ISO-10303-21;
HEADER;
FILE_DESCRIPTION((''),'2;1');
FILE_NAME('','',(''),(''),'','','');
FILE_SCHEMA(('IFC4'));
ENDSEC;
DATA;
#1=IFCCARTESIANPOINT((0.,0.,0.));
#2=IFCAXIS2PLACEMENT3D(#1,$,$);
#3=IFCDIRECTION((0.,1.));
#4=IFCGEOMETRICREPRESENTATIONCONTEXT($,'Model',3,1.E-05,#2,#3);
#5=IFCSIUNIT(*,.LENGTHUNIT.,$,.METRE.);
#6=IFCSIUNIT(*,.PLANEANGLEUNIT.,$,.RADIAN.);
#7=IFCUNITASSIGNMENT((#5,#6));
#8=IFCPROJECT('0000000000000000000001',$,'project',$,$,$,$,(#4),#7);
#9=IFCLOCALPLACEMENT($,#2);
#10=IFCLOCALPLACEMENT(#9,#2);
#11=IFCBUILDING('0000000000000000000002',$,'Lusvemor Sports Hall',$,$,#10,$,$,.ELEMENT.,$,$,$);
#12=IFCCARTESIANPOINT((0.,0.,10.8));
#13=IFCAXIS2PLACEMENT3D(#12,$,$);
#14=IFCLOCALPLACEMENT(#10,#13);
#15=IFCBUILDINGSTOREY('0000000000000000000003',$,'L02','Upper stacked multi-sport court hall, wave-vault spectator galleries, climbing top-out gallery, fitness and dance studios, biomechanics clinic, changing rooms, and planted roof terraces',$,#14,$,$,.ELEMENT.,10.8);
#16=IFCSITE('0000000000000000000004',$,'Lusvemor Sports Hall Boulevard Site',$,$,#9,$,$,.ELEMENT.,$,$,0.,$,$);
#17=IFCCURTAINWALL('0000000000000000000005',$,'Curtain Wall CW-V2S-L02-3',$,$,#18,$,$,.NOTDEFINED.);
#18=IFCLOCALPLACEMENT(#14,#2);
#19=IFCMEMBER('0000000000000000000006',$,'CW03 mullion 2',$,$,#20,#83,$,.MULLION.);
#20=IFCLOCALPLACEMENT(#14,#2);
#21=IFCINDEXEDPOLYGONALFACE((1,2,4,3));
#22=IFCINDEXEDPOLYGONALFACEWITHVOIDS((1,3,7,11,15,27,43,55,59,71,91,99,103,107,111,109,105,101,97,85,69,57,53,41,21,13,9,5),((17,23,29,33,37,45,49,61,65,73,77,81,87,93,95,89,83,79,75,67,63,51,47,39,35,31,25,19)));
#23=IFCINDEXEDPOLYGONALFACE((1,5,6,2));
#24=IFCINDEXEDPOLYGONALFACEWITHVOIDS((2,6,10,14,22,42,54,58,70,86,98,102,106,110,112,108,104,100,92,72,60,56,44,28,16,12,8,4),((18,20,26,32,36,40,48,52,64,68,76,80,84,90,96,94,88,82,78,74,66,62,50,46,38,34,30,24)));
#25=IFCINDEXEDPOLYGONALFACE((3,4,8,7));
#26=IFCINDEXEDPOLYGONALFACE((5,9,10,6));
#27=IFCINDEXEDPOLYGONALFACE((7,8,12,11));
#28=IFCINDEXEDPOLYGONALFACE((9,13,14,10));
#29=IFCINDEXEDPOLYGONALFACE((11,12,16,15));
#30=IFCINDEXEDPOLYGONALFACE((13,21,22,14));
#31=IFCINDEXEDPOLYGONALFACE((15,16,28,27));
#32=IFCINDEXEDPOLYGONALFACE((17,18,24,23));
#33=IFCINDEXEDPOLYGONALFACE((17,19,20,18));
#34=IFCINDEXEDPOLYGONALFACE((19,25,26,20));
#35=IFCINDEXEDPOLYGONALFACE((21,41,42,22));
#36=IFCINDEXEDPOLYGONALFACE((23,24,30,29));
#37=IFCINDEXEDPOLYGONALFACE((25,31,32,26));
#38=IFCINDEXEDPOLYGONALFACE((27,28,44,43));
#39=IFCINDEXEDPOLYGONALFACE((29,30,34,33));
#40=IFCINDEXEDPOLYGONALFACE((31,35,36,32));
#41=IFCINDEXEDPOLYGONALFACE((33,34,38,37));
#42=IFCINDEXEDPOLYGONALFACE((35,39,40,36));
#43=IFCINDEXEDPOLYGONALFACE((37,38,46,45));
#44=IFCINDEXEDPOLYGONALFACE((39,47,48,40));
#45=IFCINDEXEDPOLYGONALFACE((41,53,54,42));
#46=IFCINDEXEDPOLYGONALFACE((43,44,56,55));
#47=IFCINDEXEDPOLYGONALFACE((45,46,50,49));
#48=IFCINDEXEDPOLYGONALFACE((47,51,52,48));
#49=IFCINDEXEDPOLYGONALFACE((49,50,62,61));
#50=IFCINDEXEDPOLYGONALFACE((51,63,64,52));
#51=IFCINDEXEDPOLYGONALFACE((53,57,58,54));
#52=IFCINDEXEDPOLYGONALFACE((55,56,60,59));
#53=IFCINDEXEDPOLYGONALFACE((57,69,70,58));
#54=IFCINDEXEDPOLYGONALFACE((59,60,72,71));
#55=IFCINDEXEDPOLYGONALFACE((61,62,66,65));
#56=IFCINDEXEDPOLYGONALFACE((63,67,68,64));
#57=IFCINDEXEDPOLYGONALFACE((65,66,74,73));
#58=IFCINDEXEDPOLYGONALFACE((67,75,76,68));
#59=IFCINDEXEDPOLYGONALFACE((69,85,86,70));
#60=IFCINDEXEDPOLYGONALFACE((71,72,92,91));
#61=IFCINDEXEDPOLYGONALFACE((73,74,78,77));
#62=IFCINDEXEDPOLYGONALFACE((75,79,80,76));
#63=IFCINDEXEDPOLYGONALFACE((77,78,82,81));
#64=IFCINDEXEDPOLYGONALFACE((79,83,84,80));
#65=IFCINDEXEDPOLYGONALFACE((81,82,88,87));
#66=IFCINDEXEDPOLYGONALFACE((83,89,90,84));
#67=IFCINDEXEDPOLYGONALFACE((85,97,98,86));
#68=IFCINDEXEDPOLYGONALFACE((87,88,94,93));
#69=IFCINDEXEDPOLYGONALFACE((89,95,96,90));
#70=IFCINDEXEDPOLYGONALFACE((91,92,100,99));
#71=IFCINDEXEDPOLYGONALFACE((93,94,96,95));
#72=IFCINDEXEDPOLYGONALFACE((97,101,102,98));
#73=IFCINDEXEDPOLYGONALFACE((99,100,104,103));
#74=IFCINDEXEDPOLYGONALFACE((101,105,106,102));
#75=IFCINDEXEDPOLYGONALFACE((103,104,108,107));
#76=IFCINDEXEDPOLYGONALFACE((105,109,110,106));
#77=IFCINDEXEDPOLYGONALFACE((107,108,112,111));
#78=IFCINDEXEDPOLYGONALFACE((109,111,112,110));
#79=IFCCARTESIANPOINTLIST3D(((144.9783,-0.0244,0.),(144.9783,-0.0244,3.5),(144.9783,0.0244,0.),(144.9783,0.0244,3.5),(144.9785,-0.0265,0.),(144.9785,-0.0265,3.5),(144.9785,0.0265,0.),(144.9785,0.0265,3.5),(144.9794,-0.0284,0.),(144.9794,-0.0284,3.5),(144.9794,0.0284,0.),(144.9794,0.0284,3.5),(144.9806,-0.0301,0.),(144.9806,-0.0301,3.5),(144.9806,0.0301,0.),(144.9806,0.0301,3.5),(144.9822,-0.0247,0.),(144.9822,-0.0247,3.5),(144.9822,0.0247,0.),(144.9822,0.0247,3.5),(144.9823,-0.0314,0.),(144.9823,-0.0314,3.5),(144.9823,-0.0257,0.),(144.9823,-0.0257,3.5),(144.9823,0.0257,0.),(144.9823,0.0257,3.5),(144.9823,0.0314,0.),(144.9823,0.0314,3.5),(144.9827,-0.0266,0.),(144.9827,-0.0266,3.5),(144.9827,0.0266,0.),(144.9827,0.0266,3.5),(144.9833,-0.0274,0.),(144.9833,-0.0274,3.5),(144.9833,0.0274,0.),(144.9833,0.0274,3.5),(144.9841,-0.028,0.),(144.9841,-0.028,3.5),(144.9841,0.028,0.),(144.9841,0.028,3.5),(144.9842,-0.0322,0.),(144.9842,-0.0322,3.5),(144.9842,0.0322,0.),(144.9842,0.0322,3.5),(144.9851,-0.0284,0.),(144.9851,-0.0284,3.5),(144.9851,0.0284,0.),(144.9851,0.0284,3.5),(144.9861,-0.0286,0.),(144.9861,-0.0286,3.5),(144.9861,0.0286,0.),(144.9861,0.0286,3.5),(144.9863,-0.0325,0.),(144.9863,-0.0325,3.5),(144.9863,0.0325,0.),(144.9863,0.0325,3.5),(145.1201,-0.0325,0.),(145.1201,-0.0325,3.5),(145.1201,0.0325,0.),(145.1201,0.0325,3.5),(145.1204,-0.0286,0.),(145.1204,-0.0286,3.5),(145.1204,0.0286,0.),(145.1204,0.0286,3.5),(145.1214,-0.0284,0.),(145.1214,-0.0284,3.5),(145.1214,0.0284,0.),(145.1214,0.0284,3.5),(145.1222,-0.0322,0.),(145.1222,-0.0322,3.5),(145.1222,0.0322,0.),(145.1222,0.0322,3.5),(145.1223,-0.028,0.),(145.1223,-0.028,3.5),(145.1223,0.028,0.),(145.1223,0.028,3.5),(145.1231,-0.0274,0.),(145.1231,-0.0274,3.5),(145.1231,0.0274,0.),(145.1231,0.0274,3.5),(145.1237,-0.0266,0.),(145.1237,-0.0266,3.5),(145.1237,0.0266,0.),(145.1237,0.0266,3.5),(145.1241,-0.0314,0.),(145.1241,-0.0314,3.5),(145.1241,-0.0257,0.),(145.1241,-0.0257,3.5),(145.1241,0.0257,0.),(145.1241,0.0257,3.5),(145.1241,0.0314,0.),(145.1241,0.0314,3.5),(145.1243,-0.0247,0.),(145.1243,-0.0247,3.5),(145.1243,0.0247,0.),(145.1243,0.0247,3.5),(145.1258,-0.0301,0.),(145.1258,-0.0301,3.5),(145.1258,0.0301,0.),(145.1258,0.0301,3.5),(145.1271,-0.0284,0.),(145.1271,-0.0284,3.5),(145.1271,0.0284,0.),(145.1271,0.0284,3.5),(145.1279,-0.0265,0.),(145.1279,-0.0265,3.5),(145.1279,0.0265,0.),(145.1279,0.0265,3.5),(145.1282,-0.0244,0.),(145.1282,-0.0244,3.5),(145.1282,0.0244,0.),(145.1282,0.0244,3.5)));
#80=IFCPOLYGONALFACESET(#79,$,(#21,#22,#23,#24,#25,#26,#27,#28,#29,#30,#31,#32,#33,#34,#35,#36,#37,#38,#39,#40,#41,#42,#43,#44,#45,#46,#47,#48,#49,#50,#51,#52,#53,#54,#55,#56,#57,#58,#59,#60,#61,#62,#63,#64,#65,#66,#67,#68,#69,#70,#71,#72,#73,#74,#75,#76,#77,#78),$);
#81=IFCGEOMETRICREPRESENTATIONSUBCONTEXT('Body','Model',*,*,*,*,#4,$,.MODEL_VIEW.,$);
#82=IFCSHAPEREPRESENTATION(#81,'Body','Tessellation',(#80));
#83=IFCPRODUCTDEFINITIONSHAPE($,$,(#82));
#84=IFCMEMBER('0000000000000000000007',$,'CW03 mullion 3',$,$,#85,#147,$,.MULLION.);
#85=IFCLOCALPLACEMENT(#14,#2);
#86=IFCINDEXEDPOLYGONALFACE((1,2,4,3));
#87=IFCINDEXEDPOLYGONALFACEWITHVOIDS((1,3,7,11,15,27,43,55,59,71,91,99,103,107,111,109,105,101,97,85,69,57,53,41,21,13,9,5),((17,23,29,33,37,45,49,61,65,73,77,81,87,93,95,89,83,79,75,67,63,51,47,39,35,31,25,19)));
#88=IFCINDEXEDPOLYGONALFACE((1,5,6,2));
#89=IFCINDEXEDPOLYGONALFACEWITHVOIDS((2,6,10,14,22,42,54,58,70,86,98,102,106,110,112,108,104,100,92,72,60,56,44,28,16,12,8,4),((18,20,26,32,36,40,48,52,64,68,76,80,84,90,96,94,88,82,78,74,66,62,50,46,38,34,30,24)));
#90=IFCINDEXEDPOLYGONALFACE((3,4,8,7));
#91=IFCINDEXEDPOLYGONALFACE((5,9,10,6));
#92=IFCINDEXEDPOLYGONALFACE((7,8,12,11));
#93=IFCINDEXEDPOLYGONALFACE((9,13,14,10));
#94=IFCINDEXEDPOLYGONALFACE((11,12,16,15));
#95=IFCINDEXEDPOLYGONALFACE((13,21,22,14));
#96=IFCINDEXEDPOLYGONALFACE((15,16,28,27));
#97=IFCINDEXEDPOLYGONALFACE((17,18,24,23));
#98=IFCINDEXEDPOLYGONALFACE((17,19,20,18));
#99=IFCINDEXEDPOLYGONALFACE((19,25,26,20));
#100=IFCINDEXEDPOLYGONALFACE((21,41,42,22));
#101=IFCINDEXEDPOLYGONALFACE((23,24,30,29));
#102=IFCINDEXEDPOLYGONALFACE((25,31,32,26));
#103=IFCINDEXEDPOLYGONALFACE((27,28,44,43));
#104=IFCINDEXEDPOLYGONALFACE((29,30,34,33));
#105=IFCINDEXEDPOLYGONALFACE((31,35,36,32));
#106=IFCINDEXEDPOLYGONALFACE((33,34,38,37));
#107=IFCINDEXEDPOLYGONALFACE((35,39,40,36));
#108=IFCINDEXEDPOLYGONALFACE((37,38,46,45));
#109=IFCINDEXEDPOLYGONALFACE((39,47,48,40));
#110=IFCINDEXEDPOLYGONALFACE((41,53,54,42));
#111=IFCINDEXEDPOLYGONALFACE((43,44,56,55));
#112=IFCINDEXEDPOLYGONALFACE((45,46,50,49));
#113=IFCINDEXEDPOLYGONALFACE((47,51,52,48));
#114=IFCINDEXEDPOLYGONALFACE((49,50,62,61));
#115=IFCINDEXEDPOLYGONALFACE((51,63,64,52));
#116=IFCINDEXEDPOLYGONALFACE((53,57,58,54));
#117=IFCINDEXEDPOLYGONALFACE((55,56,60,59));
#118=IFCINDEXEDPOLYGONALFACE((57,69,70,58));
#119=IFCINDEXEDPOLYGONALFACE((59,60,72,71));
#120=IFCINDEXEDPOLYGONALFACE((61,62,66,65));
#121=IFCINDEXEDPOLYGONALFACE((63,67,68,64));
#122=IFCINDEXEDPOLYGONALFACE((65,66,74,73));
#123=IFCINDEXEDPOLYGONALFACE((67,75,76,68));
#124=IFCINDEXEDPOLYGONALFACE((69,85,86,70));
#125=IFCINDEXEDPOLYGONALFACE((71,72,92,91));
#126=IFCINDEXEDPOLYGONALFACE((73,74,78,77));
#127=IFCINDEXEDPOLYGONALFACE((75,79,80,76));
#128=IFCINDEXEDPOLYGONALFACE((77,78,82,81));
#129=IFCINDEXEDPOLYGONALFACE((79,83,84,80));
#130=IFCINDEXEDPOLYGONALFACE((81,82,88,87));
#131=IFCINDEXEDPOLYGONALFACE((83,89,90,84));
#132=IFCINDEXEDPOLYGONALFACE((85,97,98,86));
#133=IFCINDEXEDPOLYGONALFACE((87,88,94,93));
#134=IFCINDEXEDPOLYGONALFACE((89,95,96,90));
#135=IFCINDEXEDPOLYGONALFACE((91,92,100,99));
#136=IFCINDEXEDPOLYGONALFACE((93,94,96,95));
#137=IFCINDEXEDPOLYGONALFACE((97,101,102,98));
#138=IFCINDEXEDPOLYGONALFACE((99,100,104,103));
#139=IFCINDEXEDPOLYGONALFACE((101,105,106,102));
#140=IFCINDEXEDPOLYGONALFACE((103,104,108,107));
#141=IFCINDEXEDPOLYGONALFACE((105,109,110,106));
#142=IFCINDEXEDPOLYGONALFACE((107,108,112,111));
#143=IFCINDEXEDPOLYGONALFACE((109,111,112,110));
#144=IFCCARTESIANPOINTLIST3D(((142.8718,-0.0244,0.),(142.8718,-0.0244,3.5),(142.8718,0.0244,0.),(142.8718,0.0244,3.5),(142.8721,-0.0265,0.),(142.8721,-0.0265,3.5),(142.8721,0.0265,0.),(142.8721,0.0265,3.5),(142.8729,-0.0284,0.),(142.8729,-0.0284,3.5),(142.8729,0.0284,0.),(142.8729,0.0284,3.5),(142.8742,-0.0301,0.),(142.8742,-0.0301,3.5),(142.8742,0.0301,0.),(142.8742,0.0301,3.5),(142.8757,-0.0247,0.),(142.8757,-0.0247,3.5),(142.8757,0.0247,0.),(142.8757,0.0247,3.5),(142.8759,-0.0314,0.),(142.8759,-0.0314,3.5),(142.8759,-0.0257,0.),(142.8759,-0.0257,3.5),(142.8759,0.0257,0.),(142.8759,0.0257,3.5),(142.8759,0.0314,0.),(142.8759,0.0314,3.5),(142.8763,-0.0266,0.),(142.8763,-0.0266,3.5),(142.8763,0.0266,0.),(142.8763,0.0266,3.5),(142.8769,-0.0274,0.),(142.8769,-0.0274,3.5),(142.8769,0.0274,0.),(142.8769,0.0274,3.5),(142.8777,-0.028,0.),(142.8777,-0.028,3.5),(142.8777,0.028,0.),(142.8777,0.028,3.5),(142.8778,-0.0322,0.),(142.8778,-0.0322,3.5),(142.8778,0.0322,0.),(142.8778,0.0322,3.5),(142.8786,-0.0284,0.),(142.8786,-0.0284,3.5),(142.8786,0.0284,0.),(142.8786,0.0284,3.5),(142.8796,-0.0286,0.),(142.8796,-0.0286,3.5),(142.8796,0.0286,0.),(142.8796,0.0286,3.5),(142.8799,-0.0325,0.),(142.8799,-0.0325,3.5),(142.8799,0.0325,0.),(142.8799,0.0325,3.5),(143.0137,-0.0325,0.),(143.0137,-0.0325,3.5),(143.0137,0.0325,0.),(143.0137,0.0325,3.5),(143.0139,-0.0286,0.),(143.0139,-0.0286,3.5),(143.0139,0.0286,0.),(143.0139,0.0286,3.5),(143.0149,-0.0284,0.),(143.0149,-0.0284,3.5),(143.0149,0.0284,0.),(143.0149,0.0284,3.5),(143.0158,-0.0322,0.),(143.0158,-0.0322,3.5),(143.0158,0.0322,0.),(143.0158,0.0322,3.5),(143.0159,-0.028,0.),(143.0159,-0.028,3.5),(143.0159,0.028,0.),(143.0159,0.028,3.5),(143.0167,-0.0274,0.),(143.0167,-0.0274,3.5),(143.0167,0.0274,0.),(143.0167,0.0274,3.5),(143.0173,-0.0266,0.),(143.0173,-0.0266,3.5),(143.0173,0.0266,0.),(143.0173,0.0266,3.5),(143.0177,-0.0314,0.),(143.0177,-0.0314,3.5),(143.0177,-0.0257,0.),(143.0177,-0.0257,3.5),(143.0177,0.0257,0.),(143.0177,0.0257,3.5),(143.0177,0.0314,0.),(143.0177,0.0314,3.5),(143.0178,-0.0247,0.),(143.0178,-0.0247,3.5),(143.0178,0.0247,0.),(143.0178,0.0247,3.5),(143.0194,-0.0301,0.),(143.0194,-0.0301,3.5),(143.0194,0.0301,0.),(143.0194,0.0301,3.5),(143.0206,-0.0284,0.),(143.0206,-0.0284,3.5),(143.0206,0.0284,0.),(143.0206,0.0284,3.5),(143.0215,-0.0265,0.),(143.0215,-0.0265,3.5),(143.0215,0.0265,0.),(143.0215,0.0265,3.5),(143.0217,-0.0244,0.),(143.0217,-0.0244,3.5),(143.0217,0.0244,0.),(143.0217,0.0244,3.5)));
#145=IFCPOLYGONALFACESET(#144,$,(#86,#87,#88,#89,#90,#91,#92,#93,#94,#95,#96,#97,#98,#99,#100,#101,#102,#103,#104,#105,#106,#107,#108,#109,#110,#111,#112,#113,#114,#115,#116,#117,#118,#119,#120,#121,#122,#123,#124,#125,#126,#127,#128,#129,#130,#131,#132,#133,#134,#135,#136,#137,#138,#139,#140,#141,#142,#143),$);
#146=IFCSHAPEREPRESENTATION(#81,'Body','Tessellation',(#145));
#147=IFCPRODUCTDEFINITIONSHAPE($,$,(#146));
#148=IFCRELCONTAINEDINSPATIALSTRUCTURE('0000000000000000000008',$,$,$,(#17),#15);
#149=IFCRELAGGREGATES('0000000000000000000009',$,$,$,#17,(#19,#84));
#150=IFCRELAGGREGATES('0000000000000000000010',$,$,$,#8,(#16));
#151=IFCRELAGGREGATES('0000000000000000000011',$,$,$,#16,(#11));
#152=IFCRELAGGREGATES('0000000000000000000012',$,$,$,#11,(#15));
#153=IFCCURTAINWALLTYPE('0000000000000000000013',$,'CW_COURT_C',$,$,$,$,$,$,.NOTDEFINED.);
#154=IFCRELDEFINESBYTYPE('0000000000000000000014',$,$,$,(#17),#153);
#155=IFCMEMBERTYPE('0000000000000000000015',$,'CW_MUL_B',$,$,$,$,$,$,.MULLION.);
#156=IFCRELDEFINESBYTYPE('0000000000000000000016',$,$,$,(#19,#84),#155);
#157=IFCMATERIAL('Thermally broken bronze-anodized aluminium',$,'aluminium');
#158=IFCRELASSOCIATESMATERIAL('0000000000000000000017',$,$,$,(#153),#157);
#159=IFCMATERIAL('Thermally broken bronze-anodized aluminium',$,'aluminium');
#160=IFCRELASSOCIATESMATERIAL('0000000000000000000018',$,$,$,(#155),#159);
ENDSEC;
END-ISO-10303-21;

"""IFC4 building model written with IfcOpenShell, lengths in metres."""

from ifc_helpers import new_model, si_unit, direction, frame, origin, origin_2d, place, context, subcontext, project, spatial, hollow_rectangle, extrude, material, material_profile, profile_set, type_object, element, aggregate, save


model = new_model("IFC4")

# Units and contexts
model_context = context("Model", 3, precision=1e-05, world=origin(), true_north=direction((0.0, 1.0)))
body_context = subcontext(model_context, "Body", "Model", "MODEL_VIEW")
ifc_project = project(units=[si_unit("LENGTHUNIT", "METRE"), si_unit("PLANEANGLEUNIT", "RADIAN")], contexts=[model_context])

# Site, building, storey
site_placement = place(None, origin())
site = spatial("IfcSite", under=ifc_project, at=site_placement, Name="Lusvemor Sports Hall Boulevard Site", CompositionType="ELEMENT", RefElevation=0.0)
building_placement = place(site_placement, origin())
building = spatial("IfcBuilding", under=site, at=building_placement, Name="Lusvemor Sports Hall", CompositionType="ELEMENT")
storey_placement = place(building_placement, frame((0.0, 0.0, 10.8)))
storey = spatial("IfcBuildingStorey", under=building, at=storey_placement, Name="L02", Description="Upper stacked multi-sport court hall, wave-vault spectator galleries, climbing top-out gallery, fitness and dance studios, biomechanics clinic, changing rooms, and planted roof terraces", CompositionType="ELEMENT", Elevation=10.8)

# Curtain wall, members
ifc_material_1 = material(Name="Thermally broken bronze-anodized aluminium", Category="aluminium")
curtain_wall_type = type_object("IfcCurtainWallType", Name="CW_COURT_C", PredefinedType="NOTDEFINED", material=ifc_material_1)
curtain_wall_placement = place(storey_placement, origin())
curtain_wall = element("IfcCurtainWall", 1, at=curtain_wall_placement, inside=storey, type_object=curtain_wall_type, Name="Curtain Wall CW-V2S-L02-3", PredefinedType="NOTDEFINED")
ifc_material_2 = material(Name="Thermally broken bronze-anodized aluminium", Category="aluminium")
ifc_material_profile_1 = material_profile(ifc_material_2, hollow_rectangle(XDim=0.0649, YDim=0.1499, WallThickness=0.0039, InnerFilletRadius=0.0039, OuterFilletRadius=0.0081, at=origin_2d()), Name="CWMUL150x65x4")
ifc_profile_set_1 = profile_set([ifc_material_profile_1], Name="Thermally broken bronze-anodized aluminium")
member_type_1 = type_object("IfcMemberType", Name="CW_MUL_B", PredefinedType="MULLION", material=ifc_profile_set_1)
member_1_placement = place(storey_placement, frame((145.0532, 0.0, 0.0), z_axis=(0.0, 0.0, 1.0), x_axis=(0.0, -1.0, 0.0)))
member_1 = element("IfcMember", 2, at=member_1_placement, type_object=member_type_1, Name="CW03 mullion 2", PredefinedType="MULLION", context=body_context, shape_type="SweptSolid", body=[
    extrude(hollow_rectangle(XDim=0.0649, YDim=0.1499, WallThickness=0.0039, InnerFilletRadius=0.0039, OuterFilletRadius=0.0081, at=origin_2d()), origin(), (0.0, 0.0, 1.0), 3.5),
])
member_2_placement = place(storey_placement, frame((142.9468, 0.0, 0.0), z_axis=(0.0, 0.0, 1.0), x_axis=(0.0, -1.0, 0.0)))
member_2 = element("IfcMember", 3, at=member_2_placement, type_object=member_type_1, Name="CW03 mullion 3", PredefinedType="MULLION", context=body_context, shape_type="SweptSolid", body=[
    extrude(hollow_rectangle(XDim=0.0649, YDim=0.1499, WallThickness=0.0039, InnerFilletRadius=0.0039, OuterFilletRadius=0.0081, at=origin_2d()), origin(), (0.0, 0.0, 1.0), 3.5),
])

aggregate(curtain_wall, [member_1, member_2])

save(model, "model.ifc")
